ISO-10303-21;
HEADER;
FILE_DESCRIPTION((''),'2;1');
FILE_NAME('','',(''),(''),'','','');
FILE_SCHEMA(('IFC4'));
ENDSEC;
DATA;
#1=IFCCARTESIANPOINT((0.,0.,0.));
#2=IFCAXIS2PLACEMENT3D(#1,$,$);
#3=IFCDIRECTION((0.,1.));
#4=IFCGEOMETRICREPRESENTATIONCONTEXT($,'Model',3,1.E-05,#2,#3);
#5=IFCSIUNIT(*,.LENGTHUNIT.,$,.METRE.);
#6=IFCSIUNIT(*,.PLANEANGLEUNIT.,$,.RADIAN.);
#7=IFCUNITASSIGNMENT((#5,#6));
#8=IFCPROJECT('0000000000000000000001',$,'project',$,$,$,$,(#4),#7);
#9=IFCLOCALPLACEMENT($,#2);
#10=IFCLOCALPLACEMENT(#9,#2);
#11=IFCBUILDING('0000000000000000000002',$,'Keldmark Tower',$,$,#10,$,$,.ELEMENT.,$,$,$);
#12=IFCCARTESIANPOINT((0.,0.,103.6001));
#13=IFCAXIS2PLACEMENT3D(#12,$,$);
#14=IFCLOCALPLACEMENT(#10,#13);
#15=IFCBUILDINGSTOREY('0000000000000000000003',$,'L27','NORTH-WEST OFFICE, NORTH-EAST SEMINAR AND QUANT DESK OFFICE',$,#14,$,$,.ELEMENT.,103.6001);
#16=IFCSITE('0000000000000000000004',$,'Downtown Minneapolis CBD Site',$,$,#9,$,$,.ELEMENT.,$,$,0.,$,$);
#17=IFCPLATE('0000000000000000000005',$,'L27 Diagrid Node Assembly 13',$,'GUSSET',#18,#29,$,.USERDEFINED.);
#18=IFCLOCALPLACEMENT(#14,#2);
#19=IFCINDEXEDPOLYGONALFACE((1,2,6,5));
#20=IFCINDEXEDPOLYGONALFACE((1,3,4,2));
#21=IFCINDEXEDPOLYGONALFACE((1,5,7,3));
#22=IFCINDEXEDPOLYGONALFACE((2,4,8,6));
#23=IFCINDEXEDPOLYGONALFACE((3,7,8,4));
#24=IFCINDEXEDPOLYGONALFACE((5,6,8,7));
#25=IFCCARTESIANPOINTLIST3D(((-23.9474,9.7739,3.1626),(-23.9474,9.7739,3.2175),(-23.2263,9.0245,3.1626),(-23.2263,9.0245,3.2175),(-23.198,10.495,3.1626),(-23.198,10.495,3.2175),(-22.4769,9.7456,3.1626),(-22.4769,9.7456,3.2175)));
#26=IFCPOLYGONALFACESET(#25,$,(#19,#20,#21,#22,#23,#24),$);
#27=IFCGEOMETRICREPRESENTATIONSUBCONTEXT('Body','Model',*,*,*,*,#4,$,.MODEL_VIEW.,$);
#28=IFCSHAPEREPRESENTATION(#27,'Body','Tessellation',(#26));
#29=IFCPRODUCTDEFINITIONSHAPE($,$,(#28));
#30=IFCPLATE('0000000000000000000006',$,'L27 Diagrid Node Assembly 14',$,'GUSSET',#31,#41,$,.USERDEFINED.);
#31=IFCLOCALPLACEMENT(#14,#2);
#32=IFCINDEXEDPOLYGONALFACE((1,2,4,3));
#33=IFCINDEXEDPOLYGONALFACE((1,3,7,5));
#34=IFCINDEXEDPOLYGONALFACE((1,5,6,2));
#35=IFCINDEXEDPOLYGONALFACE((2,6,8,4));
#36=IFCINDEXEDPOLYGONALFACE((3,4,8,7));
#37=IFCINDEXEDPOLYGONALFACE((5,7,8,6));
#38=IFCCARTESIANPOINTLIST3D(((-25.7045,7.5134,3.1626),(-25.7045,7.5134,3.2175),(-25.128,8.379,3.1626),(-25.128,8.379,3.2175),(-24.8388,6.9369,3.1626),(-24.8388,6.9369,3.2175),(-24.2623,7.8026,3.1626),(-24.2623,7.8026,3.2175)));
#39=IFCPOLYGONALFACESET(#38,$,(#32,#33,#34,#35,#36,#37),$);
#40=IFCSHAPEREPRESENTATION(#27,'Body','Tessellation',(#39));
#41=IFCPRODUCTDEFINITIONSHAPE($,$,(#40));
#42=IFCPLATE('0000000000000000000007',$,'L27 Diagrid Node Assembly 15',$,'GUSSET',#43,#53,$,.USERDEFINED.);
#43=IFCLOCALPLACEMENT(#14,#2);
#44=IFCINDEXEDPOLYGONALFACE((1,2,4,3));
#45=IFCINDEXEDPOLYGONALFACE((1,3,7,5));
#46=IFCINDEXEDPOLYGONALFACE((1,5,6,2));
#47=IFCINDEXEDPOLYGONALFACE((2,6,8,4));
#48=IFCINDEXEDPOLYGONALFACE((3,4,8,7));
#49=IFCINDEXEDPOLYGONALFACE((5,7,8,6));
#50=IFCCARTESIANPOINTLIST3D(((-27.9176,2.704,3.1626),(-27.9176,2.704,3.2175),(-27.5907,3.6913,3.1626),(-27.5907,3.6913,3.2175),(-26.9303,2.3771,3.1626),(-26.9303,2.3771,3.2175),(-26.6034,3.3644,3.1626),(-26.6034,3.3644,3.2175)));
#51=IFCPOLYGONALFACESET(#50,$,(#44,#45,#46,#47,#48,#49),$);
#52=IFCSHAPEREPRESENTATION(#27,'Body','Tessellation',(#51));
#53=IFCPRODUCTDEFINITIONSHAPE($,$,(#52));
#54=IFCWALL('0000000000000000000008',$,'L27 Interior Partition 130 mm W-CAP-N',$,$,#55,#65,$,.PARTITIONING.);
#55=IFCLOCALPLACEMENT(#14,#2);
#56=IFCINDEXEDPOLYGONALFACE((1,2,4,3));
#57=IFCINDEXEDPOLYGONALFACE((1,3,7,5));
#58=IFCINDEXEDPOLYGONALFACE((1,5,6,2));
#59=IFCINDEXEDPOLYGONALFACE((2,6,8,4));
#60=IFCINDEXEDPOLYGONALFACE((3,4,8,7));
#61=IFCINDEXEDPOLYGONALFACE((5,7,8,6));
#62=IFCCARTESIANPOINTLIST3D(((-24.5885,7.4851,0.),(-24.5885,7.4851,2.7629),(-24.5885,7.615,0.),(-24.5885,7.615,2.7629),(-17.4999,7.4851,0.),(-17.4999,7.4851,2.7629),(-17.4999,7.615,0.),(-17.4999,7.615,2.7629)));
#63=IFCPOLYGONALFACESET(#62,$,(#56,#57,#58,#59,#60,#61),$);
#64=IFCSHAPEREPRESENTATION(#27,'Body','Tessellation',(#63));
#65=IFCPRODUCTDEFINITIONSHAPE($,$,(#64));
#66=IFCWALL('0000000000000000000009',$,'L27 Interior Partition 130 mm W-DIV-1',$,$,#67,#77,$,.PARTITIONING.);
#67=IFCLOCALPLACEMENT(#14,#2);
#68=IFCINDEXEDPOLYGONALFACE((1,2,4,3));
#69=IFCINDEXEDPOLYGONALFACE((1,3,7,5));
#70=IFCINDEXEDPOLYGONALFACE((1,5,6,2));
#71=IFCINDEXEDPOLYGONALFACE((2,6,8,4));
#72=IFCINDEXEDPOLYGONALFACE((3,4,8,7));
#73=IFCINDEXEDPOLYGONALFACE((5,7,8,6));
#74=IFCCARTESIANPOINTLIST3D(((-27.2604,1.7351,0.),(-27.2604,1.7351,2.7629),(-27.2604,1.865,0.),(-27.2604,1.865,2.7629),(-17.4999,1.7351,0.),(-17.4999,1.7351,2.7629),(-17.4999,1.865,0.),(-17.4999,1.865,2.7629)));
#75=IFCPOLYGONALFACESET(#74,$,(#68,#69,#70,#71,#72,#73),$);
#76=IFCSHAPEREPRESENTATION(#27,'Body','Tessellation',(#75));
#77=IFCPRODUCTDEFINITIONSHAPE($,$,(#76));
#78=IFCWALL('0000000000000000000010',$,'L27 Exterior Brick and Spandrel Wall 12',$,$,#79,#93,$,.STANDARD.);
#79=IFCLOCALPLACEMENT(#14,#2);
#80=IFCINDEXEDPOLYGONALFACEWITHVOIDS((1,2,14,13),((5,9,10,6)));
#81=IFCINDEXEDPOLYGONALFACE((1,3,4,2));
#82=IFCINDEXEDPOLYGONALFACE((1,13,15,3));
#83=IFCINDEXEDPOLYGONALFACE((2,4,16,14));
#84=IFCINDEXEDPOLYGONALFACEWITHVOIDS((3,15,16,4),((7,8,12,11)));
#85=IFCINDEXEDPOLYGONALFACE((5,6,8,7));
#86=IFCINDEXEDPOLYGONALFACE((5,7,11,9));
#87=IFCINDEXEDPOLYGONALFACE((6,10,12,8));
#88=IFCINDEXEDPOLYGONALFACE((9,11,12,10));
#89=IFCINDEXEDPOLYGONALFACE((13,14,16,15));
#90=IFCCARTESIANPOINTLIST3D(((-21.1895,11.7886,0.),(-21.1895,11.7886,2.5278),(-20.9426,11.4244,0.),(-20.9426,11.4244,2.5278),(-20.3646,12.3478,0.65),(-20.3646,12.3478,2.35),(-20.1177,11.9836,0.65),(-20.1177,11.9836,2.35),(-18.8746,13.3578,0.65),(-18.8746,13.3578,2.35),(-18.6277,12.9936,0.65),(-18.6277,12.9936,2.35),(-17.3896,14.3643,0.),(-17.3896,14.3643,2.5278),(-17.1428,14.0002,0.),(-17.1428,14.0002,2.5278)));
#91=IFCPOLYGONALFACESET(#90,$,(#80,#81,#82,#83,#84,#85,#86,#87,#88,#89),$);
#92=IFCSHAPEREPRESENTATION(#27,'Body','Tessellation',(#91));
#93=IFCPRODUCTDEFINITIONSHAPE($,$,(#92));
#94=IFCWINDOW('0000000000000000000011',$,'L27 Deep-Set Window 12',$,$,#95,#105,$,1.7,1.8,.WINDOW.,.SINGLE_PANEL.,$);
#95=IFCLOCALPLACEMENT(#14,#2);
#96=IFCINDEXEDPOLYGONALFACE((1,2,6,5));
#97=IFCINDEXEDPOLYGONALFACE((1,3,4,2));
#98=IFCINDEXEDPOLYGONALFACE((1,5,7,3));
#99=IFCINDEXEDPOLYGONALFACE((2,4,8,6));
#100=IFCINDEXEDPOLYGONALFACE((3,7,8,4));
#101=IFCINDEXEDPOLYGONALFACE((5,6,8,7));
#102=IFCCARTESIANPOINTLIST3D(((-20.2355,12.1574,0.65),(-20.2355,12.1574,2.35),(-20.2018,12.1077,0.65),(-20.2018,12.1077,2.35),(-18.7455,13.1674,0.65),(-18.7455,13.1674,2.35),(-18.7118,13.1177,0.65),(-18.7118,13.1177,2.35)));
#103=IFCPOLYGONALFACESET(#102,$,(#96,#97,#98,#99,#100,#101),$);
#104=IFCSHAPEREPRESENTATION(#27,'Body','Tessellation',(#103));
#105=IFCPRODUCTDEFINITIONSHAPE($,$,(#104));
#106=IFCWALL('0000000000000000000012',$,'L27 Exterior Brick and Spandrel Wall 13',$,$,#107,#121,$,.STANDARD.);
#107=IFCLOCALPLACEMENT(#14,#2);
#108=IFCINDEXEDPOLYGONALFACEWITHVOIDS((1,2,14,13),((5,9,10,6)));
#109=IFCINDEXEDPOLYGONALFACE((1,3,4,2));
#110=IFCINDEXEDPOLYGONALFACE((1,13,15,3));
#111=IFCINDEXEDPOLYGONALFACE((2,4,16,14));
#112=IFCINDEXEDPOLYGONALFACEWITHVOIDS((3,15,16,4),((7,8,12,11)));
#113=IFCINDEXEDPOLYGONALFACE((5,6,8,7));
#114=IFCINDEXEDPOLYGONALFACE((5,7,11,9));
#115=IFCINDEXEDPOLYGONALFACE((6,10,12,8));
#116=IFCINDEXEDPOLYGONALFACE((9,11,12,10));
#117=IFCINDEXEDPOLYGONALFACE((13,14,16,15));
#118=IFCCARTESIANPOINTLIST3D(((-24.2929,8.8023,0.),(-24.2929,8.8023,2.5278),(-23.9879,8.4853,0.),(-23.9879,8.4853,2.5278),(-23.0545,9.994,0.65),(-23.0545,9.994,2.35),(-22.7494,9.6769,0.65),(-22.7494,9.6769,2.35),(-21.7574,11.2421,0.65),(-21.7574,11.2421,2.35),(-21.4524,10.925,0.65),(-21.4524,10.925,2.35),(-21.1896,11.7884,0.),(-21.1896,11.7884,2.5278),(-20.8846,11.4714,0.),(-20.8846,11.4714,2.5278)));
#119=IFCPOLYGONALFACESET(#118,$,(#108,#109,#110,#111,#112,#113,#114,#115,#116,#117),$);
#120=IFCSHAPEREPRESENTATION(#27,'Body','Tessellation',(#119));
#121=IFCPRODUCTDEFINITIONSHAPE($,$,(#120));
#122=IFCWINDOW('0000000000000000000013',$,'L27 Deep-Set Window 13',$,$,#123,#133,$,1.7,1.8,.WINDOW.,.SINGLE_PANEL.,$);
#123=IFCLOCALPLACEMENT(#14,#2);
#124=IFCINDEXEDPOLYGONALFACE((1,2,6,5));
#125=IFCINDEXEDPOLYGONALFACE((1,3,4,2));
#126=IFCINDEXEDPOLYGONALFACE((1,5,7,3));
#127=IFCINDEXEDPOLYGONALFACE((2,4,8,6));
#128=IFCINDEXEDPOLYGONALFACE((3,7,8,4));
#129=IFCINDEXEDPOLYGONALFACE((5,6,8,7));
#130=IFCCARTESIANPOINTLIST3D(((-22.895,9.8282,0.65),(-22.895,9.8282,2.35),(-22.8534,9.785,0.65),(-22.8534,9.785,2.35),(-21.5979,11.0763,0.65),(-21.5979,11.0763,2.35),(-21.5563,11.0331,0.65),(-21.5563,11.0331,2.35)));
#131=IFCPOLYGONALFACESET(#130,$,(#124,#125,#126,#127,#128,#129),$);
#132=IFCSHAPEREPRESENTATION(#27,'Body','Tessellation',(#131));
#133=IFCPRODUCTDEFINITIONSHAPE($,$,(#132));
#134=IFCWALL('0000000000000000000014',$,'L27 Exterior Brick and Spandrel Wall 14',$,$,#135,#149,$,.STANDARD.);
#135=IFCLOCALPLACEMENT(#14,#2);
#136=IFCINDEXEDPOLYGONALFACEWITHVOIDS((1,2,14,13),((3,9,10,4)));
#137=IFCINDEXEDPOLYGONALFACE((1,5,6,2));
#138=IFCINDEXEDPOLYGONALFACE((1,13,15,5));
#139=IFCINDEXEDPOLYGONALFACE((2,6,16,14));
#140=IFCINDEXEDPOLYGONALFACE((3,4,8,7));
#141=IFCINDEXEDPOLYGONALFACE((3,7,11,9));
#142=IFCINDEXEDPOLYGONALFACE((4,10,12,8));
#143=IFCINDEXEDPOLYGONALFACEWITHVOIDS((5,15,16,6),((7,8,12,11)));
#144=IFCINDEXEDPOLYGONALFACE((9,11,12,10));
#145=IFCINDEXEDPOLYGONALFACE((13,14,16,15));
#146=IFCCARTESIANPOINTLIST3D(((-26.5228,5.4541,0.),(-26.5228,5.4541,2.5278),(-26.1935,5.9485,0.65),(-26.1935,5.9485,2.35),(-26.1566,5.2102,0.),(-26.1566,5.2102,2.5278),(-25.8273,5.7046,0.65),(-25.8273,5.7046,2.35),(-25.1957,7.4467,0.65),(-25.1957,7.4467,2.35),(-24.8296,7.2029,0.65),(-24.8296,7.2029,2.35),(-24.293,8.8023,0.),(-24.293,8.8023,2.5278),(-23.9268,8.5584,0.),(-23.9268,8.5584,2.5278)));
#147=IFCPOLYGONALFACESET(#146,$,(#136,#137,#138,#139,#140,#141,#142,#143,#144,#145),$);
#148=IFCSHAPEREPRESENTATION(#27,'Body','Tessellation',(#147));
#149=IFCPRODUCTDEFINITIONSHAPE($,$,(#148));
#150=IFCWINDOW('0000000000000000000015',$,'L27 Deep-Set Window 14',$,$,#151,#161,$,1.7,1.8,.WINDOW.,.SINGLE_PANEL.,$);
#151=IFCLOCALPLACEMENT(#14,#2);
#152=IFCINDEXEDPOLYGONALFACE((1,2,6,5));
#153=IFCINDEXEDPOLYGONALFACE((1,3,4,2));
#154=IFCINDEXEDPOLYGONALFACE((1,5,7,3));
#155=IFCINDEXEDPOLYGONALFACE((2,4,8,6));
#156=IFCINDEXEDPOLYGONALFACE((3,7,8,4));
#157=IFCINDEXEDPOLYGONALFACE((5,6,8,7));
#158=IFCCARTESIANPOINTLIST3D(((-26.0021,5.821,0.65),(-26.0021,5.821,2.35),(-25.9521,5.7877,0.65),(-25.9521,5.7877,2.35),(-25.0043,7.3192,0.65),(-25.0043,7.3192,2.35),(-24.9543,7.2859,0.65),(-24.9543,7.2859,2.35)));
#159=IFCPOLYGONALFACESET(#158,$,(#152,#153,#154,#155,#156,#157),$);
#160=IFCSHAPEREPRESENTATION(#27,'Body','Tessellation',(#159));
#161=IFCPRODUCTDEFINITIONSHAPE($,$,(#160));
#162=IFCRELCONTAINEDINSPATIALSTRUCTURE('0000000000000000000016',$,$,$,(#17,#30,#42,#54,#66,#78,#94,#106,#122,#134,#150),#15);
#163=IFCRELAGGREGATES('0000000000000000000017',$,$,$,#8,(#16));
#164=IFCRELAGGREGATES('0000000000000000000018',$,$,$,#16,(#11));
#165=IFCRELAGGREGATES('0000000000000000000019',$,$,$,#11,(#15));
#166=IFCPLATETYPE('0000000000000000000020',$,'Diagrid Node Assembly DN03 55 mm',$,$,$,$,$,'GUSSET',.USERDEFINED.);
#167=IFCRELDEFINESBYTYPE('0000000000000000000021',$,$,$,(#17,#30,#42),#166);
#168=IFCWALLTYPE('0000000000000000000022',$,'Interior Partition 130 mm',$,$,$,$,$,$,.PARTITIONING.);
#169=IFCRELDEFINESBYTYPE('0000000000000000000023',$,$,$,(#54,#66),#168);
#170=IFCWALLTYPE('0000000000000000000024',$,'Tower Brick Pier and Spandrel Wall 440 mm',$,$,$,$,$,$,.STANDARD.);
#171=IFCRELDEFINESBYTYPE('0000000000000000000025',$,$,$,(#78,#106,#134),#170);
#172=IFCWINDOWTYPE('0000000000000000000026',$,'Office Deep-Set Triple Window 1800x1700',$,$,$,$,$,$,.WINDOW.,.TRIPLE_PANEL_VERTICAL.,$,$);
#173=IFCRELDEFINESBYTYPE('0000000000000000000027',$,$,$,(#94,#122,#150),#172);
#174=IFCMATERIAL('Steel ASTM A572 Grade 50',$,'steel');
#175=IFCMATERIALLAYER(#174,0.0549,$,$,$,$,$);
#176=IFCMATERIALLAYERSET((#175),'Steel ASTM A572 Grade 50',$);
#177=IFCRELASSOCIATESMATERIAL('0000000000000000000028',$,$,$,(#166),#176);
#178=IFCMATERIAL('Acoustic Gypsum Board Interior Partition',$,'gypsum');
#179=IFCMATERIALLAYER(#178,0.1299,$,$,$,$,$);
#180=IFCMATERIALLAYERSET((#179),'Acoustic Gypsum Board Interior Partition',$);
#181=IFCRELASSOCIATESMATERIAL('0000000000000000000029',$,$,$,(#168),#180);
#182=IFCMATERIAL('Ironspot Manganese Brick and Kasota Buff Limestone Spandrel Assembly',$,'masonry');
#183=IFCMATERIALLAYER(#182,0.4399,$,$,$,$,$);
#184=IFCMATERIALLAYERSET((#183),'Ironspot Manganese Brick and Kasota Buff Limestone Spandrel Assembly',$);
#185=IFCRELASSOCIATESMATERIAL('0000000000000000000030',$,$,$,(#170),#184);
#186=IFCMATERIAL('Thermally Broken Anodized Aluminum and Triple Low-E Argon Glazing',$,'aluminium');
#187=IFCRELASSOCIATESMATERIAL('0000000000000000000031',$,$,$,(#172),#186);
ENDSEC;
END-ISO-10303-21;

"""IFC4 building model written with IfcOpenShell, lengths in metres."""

from ifc_helpers import new_model, si_unit, direction, frame, frame_2d, origin, origin_2d, place, context, subcontext, project, spatial, rectangle, extrude, material, layer, layer_set, type_object, element, fill, save


model = new_model("IFC4")

# Units and contexts
model_context = context("Model", 3, precision=1e-05, world=origin(), true_north=direction((0.0, 1.0)))
body_context = subcontext(model_context, "Body", "Model", "MODEL_VIEW")
ifc_project = project(units=[si_unit("LENGTHUNIT", "METRE"), si_unit("PLANEANGLEUNIT", "RADIAN")], contexts=[model_context])

# Site, building, storey
site_placement = place(None, origin())
site = spatial("IfcSite", under=ifc_project, at=site_placement, Name="Downtown Minneapolis CBD Site", CompositionType="ELEMENT", RefElevation=0.0)
building_placement = place(site_placement, origin())
building = spatial("IfcBuilding", under=site, at=building_placement, Name="Keldmark Tower", CompositionType="ELEMENT")
storey_placement = place(building_placement, frame((0.0, 0.0, 103.6001)))
storey = spatial("IfcBuildingStorey", under=building, at=storey_placement, Name="L27", Description="NORTH-WEST OFFICE, NORTH-EAST SEMINAR AND QUANT DESK OFFICE", CompositionType="ELEMENT", Elevation=103.6001)

# Plates
ifc_material_1 = material(Name="Steel ASTM A572 Grade 50", Category="steel")
ifc_layer_1 = layer(ifc_material_1, 0.0549)
ifc_layer_set_1 = layer_set([ifc_layer_1], Name="Steel ASTM A572 Grade 50")
plate_type = type_object("IfcPlateType", Name="Diagrid Node Assembly DN03 55 mm", ElementType="GUSSET", PredefinedType="USERDEFINED", material=ifc_layer_set_1)
for number, where, z_axis, x_axis, name in (
    (1, (-23.2122, 9.7598, 3.1626), (0.0, 0.0, 1.0), (-0.720551, -0.693402, 0.0), "L27 Diagrid Node Assembly 13"),
    (2, (-24.9834, 7.658, 3.1626), (0.0, 0.0, 1.0), (-0.554263, -0.832341, 0.0), "L27 Diagrid Node Assembly 14"),
    (3, (-27.2605, 3.0342, 3.1626), (0.0, 0.0, 1.0), (-0.314324, -0.949316, 0.0), "L27 Diagrid Node Assembly 15"),
):
    element("IfcPlate", number, at=place(storey_placement, frame(where, z_axis=z_axis, x_axis=x_axis)), inside=storey, type_object=plate_type, Name=name, ObjectType="GUSSET", PredefinedType="USERDEFINED", context=body_context, shape_type="SweptSolid", body=[
        extrude(rectangle(XDim=1.04, YDim=1.04, at=origin_2d()), origin(), (0.0, 0.0, 1.0), 0.0549),
    ])

# Walls
ifc_material_2 = material(Name="Acoustic Gypsum Board Interior Partition", Category="gypsum")
ifc_layer_2 = layer(ifc_material_2, 0.1299)
ifc_layer_set_2 = layer_set([ifc_layer_2], Name="Acoustic Gypsum Board Interior Partition")
wall_type_1 = type_object("IfcWallType", Name="Interior Partition 130 mm", PredefinedType="PARTITIONING", material=ifc_layer_set_2)
wall_1_placement = place(storey_placement, frame((-24.5886, 7.55, 0.0), z_axis=(0.0, 0.0, 1.0), x_axis=(1.0, 0.0, 0.0)))
element("IfcWall", 4, at=wall_1_placement, inside=storey, type_object=wall_type_1, Name="L27 Interior Partition 130 mm W-CAP-N", PredefinedType="PARTITIONING", context=body_context, shape_type="SweptSolid", body=[
    extrude(rectangle(XDim=7.0886, YDim=0.1299, at=frame_2d((3.5444, 0.0))), origin(), (0.0, 0.0, 1.0), 2.7629),
])
wall_2_placement = place(storey_placement, frame((-27.2605, 1.8, 0.0), z_axis=(0.0, 0.0, 1.0), x_axis=(1.0, 0.0, 0.0)))
element("IfcWall", 5, at=wall_2_placement, inside=storey, type_object=wall_type_1, Name="L27 Interior Partition 130 mm W-DIV-1", PredefinedType="PARTITIONING", context=body_context, shape_type="SweptSolid", body=[
    extrude(rectangle(XDim=9.7605, YDim=0.1299, at=frame_2d((4.8804, 0.0))), origin(), (0.0, 0.0, 1.0), 2.7629),
])

# Walls, openings, windows
ifc_material_3 = material(Name="Ironspot Manganese Brick and Kasota Buff Limestone Spandrel Assembly", Category="masonry")
ifc_layer_3 = layer(ifc_material_3, 0.4399)
ifc_layer_set_3 = layer_set([ifc_layer_3], Name="Ironspot Manganese Brick and Kasota Buff Limestone Spandrel Assembly")
wall_type_2 = type_object("IfcWallType", Name="Tower Brick Pier and Spandrel Wall 440 mm", PredefinedType="STANDARD", material=ifc_layer_set_3)
wall_3_placement = place(storey_placement, frame((-21.0662, 11.6064, 0.0), z_axis=(0.0, 0.0, 1.0), x_axis=(0.827755, 0.56109, 0.0)))
wall_3 = element("IfcWall", 6, at=wall_3_placement, inside=storey, type_object=wall_type_2, Name="L27 Exterior Brick and Spandrel Wall 12", PredefinedType="STANDARD", context=body_context, shape_type="SweptSolid", body=[
    extrude(rectangle(XDim=4.5906, YDim=0.4399, at=frame_2d((2.2954, 0.0))), origin(), (0.0, 0.0, 1.0), 2.5278),
])
opening_1_placement = place(wall_3_placement, frame((0.9968, 0.0, 0.6499)))
opening_1 = element("IfcOpeningElement", 7, at=opening_1_placement, cuts=wall_3, PredefinedType="OPENING", context=body_context, shape_type="SweptSolid", body=[
    extrude(rectangle(XDim=1.8, YDim=1.7, at=frame_2d((0.8999, 0.8501))), frame((0.0, 0.23, 0.0), z_axis=(0.0, -1.0, 0.0), x_axis=(1.0, 0.0, 0.0)), (0.0, 0.0, 1.0), 0.46),
])
ifc_material_4 = material(Name="Thermally Broken Anodized Aluminum and Triple Low-E Argon Glazing", Category="aluminium")
window_type = type_object("IfcWindowType", Name="Office Deep-Set Triple Window 1800x1700", PartitioningType="TRIPLE_PANEL_VERTICAL", PredefinedType="WINDOW", material=ifc_material_4)
window_1_placement = place(opening_1_placement, origin())
window_1 = element("IfcWindow", 8, at=window_1_placement, inside=storey, type_object=window_type, Name="L27 Deep-Set Window 12", OverallHeight=1.7, OverallWidth=1.8, PartitioningType="SINGLE_PANEL", PredefinedType="WINDOW", context=body_context, shape_type="SweptSolid", body=[
    extrude(rectangle(XDim=1.8, YDim=1.7, at=frame_2d((0.8999, 0.8501))), frame((0.0, -0.01, 0.0), z_axis=(0.0, -1.0, 0.0), x_axis=(1.0, 0.0, 0.0)), (0.0, 0.0, 1.0), 0.0601),
])
fill(opening_1, window_1)
wall_4_placement = place(storey_placement, frame((-24.1404, 8.6438, 0.0), z_axis=(0.0, 0.0, 1.0), x_axis=(0.720581, 0.69337, 0.0)))
wall_4 = element("IfcWall", 9, at=wall_4_placement, inside=storey, type_object=wall_type_2, Name="L27 Exterior Brick and Spandrel Wall 13", PredefinedType="STANDARD", context=body_context, shape_type="SweptSolid", body=[
    extrude(rectangle(XDim=4.3066, YDim=0.4399, at=frame_2d((2.1533, 0.0))), origin(), (0.0, 0.0, 1.0), 2.5278),
])
opening_2_placement = place(wall_4_placement, frame((1.7188, 0.0, 0.6499)))
opening_2 = element("IfcOpeningElement", 10, at=opening_2_placement, cuts=wall_4, PredefinedType="OPENING", context=body_context, shape_type="SweptSolid", body=[
    extrude(rectangle(XDim=1.8, YDim=1.7, at=frame_2d((0.8999, 0.8501))), frame((0.0, 0.23, 0.0), z_axis=(0.0, -1.0, 0.0), x_axis=(1.0, 0.0, 0.0)), (0.0, 0.0, 1.0), 0.46),
])
window_2_placement = place(opening_2_placement, origin())
window_2 = element("IfcWindow", 11, at=window_2_placement, inside=storey, type_object=window_type, Name="L27 Deep-Set Window 13", OverallHeight=1.7, OverallWidth=1.8, PartitioningType="SINGLE_PANEL", PredefinedType="WINDOW", context=body_context, shape_type="SweptSolid", body=[
    extrude(rectangle(XDim=1.8, YDim=1.7, at=frame_2d((0.8999, 0.8501))), frame((0.0, -0.01, 0.0), z_axis=(0.0, -1.0, 0.0), x_axis=(1.0, 0.0, 0.0)), (0.0, 0.0, 1.0), 0.0601),
])
fill(opening_2, window_2)
wall_5_placement = place(storey_placement, frame((-26.3396, 5.3323, 0.0), z_axis=(0.0, 0.0, 1.0), x_axis=(0.554294, 0.832321, 0.0)))
wall_5 = element("IfcWall", 12, at=wall_5_placement, inside=storey, type_object=wall_type_2, Name="L27 Exterior Brick and Spandrel Wall 14", PredefinedType="STANDARD", context=body_context, shape_type="SweptSolid", body=[
    extrude(rectangle(XDim=4.0227, YDim=0.4399, at=frame_2d((2.0112, 0.0))), origin(), (0.0, 0.0, 1.0), 2.5278),
])
opening_3_placement = place(wall_5_placement, frame((0.594, 0.0, 0.6499)))
opening_3 = element("IfcOpeningElement", 13, at=opening_3_placement, cuts=wall_5, PredefinedType="OPENING", context=body_context, shape_type="SweptSolid", body=[
    extrude(rectangle(XDim=1.8, YDim=1.7, at=frame_2d((0.8999, 0.8501))), frame((0.0, 0.23, 0.0), z_axis=(0.0, -1.0, 0.0), x_axis=(1.0, 0.0, 0.0)), (0.0, 0.0, 1.0), 0.46),
])
window_3_placement = place(opening_3_placement, origin())
window_3 = element("IfcWindow", 14, at=window_3_placement, inside=storey, type_object=window_type, Name="L27 Deep-Set Window 14", OverallHeight=1.7, OverallWidth=1.8, PartitioningType="SINGLE_PANEL", PredefinedType="WINDOW", context=body_context, shape_type="SweptSolid", body=[
    extrude(rectangle(XDim=1.8, YDim=1.7, at=frame_2d((0.8999, 0.8501))), frame((0.0, -0.01, 0.0), z_axis=(0.0, -1.0, 0.0), x_axis=(1.0, 0.0, 0.0)), (0.0, 0.0, 1.0), 0.0601),
])
fill(opening_3, window_3)

save(model, "model.ifc")
